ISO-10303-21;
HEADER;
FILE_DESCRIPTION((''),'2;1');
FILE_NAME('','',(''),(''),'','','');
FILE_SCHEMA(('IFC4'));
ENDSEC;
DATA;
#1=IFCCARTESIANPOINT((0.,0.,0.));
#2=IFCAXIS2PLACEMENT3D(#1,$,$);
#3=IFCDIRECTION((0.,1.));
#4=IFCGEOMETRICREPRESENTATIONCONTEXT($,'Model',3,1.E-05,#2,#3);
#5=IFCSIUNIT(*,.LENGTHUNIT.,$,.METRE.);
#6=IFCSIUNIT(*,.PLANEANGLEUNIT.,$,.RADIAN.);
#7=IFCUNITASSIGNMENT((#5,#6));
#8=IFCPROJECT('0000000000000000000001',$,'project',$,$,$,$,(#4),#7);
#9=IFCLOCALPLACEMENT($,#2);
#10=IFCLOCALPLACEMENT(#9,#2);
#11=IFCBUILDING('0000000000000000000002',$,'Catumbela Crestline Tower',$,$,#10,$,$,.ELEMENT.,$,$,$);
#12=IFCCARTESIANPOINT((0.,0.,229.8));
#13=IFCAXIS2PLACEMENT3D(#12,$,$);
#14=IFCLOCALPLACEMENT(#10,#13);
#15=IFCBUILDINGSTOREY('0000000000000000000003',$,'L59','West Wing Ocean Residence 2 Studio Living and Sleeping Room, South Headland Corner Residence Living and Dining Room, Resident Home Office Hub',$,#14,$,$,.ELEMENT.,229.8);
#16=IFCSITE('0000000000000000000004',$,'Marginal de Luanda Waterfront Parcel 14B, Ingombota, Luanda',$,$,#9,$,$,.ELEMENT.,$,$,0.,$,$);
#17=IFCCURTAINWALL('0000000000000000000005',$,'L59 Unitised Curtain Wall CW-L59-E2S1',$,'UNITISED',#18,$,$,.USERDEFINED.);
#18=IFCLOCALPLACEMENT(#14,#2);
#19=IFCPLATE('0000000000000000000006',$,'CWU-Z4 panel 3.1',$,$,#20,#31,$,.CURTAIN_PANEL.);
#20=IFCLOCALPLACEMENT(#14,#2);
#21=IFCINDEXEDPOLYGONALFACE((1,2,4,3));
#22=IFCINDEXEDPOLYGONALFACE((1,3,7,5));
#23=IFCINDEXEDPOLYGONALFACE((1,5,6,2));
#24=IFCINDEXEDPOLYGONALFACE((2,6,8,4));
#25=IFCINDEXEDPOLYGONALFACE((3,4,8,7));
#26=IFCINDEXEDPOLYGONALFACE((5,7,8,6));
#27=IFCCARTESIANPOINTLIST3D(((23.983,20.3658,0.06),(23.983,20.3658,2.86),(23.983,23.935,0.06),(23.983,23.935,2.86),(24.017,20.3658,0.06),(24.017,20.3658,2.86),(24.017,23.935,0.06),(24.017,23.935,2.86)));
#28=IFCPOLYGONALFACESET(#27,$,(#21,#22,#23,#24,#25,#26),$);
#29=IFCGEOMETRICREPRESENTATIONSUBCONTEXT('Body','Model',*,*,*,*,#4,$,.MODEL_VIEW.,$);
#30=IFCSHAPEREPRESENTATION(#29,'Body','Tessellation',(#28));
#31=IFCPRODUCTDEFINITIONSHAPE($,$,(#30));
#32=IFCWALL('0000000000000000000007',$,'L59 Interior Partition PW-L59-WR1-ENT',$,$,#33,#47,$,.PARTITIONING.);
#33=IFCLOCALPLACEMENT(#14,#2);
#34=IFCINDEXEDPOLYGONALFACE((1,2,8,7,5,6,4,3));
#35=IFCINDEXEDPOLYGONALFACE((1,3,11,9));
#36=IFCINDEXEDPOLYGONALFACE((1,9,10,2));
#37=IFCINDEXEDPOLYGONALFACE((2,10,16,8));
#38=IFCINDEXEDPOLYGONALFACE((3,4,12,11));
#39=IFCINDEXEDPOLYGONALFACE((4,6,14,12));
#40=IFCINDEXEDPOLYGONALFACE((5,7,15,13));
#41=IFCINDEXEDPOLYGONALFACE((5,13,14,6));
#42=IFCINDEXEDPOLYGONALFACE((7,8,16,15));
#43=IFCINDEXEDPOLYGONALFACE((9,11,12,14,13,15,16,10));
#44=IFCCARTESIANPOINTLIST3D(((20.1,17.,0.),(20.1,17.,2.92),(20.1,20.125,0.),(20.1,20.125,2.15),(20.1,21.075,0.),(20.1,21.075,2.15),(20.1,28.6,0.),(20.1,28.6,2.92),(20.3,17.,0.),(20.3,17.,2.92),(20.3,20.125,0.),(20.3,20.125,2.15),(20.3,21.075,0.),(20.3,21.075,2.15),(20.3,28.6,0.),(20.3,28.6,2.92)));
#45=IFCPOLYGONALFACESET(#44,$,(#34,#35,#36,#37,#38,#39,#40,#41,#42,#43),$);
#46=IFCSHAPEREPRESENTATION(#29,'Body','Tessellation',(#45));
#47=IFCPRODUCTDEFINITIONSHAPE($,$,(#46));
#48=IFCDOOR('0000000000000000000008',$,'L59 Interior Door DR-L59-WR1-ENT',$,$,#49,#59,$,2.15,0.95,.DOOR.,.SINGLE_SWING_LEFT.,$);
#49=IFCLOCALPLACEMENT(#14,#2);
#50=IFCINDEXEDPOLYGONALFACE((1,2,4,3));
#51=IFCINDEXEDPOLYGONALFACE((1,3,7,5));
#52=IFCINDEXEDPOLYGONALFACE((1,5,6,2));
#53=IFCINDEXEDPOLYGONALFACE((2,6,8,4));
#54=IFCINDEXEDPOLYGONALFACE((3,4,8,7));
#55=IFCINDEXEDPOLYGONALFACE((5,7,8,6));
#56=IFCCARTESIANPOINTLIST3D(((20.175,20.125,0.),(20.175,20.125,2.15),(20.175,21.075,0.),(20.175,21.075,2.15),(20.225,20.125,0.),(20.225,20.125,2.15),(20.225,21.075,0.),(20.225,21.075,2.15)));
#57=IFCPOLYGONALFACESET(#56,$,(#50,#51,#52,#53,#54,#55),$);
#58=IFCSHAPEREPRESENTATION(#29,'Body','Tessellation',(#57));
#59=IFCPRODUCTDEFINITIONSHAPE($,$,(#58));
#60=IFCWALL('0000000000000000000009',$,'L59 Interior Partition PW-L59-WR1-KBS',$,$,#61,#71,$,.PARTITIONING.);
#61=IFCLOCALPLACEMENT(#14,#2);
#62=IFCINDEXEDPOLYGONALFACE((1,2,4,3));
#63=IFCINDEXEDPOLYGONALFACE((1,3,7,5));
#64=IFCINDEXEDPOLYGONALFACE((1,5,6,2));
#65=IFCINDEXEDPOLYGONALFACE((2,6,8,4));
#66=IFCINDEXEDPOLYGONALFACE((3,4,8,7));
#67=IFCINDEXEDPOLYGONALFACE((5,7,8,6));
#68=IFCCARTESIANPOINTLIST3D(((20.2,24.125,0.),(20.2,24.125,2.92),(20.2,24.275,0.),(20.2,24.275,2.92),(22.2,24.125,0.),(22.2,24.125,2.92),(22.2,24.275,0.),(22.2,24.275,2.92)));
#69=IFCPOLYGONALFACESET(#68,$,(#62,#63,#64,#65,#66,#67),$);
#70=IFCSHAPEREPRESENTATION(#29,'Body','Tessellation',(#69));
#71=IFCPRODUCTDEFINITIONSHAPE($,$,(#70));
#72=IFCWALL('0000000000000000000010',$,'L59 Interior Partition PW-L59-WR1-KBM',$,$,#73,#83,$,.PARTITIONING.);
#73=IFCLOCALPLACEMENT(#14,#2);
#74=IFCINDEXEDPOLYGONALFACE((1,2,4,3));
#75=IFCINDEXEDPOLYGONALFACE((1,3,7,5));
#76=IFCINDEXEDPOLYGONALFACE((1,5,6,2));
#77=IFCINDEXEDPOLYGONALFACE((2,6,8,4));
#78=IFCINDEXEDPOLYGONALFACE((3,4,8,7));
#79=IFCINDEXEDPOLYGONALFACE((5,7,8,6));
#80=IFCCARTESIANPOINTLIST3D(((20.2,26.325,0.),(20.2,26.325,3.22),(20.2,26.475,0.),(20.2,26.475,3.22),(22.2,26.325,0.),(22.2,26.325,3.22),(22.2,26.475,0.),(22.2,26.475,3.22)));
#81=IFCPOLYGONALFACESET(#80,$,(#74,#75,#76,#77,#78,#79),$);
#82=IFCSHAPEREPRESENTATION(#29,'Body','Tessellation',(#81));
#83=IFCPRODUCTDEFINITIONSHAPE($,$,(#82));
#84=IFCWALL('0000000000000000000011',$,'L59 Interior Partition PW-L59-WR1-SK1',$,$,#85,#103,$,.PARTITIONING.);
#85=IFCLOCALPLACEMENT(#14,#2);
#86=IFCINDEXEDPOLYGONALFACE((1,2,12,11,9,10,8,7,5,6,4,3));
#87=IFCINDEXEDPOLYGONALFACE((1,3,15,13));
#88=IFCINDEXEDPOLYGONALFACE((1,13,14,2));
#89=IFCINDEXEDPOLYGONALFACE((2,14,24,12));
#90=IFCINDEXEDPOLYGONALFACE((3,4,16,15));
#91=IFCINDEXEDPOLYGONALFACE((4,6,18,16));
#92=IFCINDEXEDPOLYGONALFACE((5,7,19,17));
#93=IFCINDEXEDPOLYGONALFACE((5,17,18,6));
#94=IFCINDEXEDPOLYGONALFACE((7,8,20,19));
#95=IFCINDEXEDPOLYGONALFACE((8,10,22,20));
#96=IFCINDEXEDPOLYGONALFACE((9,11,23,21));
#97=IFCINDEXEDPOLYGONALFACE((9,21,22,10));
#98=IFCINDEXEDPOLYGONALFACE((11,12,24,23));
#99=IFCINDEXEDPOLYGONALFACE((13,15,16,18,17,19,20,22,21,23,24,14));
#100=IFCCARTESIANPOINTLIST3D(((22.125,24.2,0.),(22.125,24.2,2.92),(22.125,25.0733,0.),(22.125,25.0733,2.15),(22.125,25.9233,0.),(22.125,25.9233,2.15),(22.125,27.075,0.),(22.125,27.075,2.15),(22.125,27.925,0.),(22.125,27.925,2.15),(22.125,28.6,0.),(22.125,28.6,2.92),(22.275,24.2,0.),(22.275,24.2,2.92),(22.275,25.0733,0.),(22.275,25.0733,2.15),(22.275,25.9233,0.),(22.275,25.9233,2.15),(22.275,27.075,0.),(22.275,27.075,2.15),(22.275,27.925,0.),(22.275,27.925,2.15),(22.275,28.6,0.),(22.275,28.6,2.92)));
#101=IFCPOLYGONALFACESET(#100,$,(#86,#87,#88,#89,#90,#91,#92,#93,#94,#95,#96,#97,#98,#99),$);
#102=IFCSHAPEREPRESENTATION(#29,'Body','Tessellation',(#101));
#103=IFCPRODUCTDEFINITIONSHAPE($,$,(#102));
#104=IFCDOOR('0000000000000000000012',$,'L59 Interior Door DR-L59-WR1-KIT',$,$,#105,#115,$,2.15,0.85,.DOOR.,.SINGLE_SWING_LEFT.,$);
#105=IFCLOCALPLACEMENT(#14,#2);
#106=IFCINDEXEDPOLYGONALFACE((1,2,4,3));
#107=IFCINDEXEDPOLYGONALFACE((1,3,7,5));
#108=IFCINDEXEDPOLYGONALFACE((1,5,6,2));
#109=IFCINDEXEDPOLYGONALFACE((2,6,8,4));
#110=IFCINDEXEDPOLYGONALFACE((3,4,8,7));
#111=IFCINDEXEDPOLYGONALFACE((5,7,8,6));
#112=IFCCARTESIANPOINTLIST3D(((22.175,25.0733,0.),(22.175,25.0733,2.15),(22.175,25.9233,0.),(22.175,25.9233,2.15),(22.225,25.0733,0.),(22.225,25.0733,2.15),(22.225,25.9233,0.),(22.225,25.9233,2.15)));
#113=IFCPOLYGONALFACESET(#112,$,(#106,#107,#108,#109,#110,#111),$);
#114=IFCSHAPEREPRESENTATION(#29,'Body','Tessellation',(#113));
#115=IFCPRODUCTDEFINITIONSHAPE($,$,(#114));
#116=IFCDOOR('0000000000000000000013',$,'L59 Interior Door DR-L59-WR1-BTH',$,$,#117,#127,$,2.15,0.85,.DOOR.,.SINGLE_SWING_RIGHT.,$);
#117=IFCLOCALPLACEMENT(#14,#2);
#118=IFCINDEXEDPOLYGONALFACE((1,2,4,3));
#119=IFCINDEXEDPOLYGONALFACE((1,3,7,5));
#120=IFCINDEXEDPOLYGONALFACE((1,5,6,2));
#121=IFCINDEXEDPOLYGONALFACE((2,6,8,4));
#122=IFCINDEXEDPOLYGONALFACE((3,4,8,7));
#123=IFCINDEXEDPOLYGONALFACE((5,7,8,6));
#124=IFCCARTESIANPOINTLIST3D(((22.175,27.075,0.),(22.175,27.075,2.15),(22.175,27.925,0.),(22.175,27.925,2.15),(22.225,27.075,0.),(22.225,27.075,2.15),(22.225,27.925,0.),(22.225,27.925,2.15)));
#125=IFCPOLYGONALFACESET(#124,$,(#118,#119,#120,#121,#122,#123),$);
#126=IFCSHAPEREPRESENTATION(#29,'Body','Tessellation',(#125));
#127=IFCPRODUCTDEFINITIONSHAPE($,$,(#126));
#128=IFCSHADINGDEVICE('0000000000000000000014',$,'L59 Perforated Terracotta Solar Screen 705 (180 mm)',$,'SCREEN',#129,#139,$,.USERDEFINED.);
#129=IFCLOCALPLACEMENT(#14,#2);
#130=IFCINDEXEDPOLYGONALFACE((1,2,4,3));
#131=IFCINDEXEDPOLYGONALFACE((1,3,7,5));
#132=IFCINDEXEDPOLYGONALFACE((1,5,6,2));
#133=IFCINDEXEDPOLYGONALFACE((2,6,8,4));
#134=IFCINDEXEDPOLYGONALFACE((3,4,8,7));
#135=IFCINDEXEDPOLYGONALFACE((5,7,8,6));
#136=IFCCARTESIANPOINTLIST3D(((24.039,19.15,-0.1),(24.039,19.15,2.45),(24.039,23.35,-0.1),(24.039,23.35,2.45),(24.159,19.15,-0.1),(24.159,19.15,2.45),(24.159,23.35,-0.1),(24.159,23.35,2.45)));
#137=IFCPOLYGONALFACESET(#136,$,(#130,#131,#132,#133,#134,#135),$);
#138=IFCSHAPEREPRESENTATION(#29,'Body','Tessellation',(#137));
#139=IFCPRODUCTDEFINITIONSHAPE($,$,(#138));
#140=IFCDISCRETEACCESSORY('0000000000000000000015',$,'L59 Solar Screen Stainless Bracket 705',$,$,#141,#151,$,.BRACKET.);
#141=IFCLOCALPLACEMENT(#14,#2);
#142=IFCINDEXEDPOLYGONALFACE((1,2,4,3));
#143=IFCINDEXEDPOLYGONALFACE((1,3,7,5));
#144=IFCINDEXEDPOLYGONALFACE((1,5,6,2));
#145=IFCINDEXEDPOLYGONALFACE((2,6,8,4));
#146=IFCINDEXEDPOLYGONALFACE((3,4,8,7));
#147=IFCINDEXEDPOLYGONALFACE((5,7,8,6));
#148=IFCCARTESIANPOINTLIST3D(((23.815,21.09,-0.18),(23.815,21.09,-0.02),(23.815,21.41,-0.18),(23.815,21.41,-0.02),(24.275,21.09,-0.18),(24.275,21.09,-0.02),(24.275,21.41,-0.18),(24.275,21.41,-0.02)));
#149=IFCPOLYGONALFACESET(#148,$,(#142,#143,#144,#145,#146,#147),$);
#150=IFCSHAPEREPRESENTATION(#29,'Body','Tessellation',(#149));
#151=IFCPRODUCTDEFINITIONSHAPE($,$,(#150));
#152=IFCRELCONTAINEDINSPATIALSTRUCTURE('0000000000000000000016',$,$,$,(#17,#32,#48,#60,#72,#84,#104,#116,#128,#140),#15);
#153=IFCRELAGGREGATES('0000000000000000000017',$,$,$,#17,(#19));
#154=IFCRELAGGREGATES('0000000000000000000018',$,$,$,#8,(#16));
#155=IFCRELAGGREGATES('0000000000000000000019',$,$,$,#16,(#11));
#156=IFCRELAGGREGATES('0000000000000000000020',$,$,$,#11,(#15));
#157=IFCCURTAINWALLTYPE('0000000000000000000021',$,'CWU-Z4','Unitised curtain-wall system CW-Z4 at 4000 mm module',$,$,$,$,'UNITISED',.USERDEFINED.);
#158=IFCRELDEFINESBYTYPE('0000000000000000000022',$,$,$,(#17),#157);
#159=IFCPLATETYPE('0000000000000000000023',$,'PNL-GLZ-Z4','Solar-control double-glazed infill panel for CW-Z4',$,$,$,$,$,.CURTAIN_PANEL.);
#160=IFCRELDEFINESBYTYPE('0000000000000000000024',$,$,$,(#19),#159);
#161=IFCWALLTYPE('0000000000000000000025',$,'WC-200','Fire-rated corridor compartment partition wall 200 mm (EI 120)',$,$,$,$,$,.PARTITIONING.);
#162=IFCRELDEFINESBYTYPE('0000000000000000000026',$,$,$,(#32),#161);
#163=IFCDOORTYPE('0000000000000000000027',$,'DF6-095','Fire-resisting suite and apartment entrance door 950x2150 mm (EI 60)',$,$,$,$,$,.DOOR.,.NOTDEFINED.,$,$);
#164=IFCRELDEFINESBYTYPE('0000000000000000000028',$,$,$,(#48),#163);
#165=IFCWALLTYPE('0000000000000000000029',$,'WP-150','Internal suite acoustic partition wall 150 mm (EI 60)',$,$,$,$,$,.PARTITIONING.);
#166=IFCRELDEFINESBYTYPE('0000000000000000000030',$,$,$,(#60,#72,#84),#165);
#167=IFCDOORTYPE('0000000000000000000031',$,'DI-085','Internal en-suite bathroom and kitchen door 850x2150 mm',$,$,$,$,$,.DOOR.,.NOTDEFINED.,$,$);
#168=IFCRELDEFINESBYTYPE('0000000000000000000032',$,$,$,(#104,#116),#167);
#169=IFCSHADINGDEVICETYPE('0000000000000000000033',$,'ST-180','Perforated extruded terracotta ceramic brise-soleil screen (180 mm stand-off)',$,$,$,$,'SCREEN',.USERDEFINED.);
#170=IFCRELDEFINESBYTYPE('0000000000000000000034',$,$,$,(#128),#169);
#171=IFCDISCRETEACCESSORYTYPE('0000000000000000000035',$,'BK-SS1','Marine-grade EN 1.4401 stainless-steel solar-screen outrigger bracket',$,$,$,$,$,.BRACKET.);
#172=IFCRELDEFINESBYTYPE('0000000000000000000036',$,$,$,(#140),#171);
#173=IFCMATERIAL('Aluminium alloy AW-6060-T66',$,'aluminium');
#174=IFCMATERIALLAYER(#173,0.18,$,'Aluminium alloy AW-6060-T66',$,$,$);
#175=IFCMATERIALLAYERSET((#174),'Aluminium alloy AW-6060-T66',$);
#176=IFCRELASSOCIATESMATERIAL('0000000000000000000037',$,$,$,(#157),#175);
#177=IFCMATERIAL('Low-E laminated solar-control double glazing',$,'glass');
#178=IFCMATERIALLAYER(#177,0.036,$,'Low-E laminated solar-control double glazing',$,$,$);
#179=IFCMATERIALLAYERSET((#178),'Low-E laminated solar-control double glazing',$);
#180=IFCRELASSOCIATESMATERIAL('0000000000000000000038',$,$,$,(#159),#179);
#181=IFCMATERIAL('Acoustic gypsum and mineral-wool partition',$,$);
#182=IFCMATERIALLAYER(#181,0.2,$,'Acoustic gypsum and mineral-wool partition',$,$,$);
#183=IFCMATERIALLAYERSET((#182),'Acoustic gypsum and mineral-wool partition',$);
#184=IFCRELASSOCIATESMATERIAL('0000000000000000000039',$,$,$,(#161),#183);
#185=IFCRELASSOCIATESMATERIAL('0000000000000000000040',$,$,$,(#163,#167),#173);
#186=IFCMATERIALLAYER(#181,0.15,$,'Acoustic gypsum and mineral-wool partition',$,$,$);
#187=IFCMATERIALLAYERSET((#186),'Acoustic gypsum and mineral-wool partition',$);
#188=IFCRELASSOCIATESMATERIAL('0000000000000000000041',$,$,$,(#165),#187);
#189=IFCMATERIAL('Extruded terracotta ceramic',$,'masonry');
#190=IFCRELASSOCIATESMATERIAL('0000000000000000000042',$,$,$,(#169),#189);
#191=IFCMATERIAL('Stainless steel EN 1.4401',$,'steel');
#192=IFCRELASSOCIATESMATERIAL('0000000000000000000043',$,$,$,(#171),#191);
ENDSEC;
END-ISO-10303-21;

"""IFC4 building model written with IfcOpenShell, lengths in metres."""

from ifc_helpers import new_model, si_unit, direction, frame, frame_2d, origin, origin_2d, place, context, subcontext, project, spatial, rectangle, extrude, material, layer, layer_set, type_object, element, fill, aggregate, save


model = new_model("IFC4")

# Units and contexts
model_context = context("Model", 3, precision=1e-05, world=origin(), true_north=direction((0.0, 1.0)))
body_context = subcontext(model_context, "Body", "Model", "MODEL_VIEW")
ifc_project = project(units=[si_unit("LENGTHUNIT", "METRE"), si_unit("PLANEANGLEUNIT", "RADIAN")], contexts=[model_context])

# Site, building, storey
site_placement = place(None, origin())
site = spatial("IfcSite", under=ifc_project, at=site_placement, Name="Marginal de Luanda Waterfront Parcel 14B, Ingombota, Luanda", CompositionType="ELEMENT", RefElevation=0.0)
building_placement = place(site_placement, origin())
building = spatial("IfcBuilding", under=site, at=building_placement, Name="Catumbela Crestline Tower", CompositionType="ELEMENT")
storey_placement = place(building_placement, frame((0.0, 0.0, 229.8)))
storey = spatial("IfcBuildingStorey", under=building, at=storey_placement, Name="L59", Description="West Wing Ocean Residence 2 Studio Living and Sleeping Room, South Headland Corner Residence Living and Dining Room, Resident Home Office Hub", CompositionType="ELEMENT", Elevation=229.8)

# Curtain wall
ifc_material_1 = material(Name="Aluminium alloy AW-6060-T66", Category="aluminium")
ifc_layer_1 = layer(ifc_material_1, 0.18, Name="Aluminium alloy AW-6060-T66")
ifc_layer_set_1 = layer_set([ifc_layer_1], Name="Aluminium alloy AW-6060-T66")
curtain_wall_type = type_object("IfcCurtainWallType", Name="CWU-Z4", Description="Unitised curtain-wall system CW-Z4 at 4000 mm module", ElementType="UNITISED", PredefinedType="USERDEFINED", material=ifc_layer_set_1)
curtain_wall_placement = place(storey_placement, origin())
curtain_wall = element("IfcCurtainWall", 1, at=curtain_wall_placement, inside=storey, type_object=curtain_wall_type, Name="L59 Unitised Curtain Wall CW-L59-E2S1", ObjectType="UNITISED", PredefinedType="USERDEFINED")

# Plate
ifc_material_2 = material(Name="Low-E laminated solar-control double glazing", Category="glass")
ifc_layer_2 = layer(ifc_material_2, 0.036, Name="Low-E laminated solar-control double glazing")
ifc_layer_set_2 = layer_set([ifc_layer_2], Name="Low-E laminated solar-control double glazing")
plate_type = type_object("IfcPlateType", Name="PNL-GLZ-Z4", Description="Solar-control double-glazed infill panel for CW-Z4", PredefinedType="CURTAIN_PANEL", material=ifc_layer_set_2)
plate_1_placement = place(storey_placement, frame((24.0, 22.1504, 0.06), z_axis=(0.0, 0.0, 1.0), x_axis=(0.0, 1.0, 0.0)))
plate_1 = element("IfcPlate", 2, at=plate_1_placement, type_object=plate_type, Name="CWU-Z4 panel 3.1", PredefinedType="CURTAIN_PANEL", context=body_context, shape_type="SweptSolid", body=[
    extrude(rectangle(XDim=3.5692, YDim=0.034, at=origin_2d()), origin(), (0.0, 0.0, 1.0), 2.8),
])
aggregate(curtain_wall, [plate_1])

# Wall, opening, door
ifc_material_3 = material(Name="Acoustic gypsum and mineral-wool partition")
ifc_layer_3 = layer(ifc_material_3, 0.2, Name="Acoustic gypsum and mineral-wool partition")
ifc_layer_set_3 = layer_set([ifc_layer_3], Name="Acoustic gypsum and mineral-wool partition")
wall_type_1 = type_object("IfcWallType", Name="WC-200", Description="Fire-rated corridor compartment partition wall 200 mm (EI 120)", PredefinedType="PARTITIONING", material=ifc_layer_set_3)
wall_1_placement = place(storey_placement, frame((20.2, 17.0, 0.0), z_axis=(0.0, 0.0, 1.0), x_axis=(0.0, 1.0, 0.0)))
wall_1 = element("IfcWall", 3, at=wall_1_placement, inside=storey, type_object=wall_type_1, Name="L59 Interior Partition PW-L59-WR1-ENT", PredefinedType="PARTITIONING", context=body_context, shape_type="SweptSolid", body=[
    extrude(rectangle(XDim=11.6, YDim=0.2, at=frame_2d((5.8, 0.0))), origin(), (0.0, 0.0, 1.0), 2.92),
])
opening_1_placement = place(wall_1_placement, frame((3.125, 0.0, 0.0)))
opening_1 = element("IfcOpeningElement", 4, at=opening_1_placement, cuts=wall_1, PredefinedType="OPENING", context=body_context, shape_type="SweptSolid", body=[
    extrude(rectangle(XDim=0.95, YDim=2.15, at=frame_2d((0.475, 1.075))), frame((0.0, 0.11, 0.0), z_axis=(0.0, -1.0, 0.0), x_axis=(1.0, 0.0, 0.0)), (0.0, 0.0, 1.0), 0.22),
])
door_type_1 = type_object("IfcDoorType", Name="DF6-095", Description="Fire-resisting suite and apartment entrance door 950x2150 mm (EI 60)", OperationType="NOTDEFINED", PredefinedType="DOOR", material=ifc_material_1)
door_1_placement = place(opening_1_placement, origin())
door_1 = element("IfcDoor", 5, at=door_1_placement, inside=storey, type_object=door_type_1, Name="L59 Interior Door DR-L59-WR1-ENT", OperationType="SINGLE_SWING_LEFT", OverallHeight=2.15, OverallWidth=0.95, PredefinedType="DOOR", context=body_context, shape_type="SweptSolid", body=[
    extrude(rectangle(XDim=0.95, YDim=2.15, at=frame_2d((0.475, 1.075))), frame((0.0, 0.025, 0.0), z_axis=(0.0, -1.0, 0.0), x_axis=(1.0, 0.0, 0.0)), (0.0, 0.0, 1.0), 0.05),
])
fill(opening_1, door_1)

# Walls
ifc_layer_4 = layer(ifc_material_3, 0.15, Name="Acoustic gypsum and mineral-wool partition")
ifc_layer_set_4 = layer_set([ifc_layer_4], Name="Acoustic gypsum and mineral-wool partition")
wall_type_2 = type_object("IfcWallType", Name="WP-150", Description="Internal suite acoustic partition wall 150 mm (EI 60)", PredefinedType="PARTITIONING", material=ifc_layer_set_4)
wall_2_placement = place(storey_placement, frame((20.2, 24.2, 0.0), z_axis=(0.0, 0.0, 1.0), x_axis=(1.0, 0.0, 0.0)))
element("IfcWall", 6, at=wall_2_placement, inside=storey, type_object=wall_type_2, Name="L59 Interior Partition PW-L59-WR1-KBS", PredefinedType="PARTITIONING", context=body_context, shape_type="SweptSolid", body=[
    extrude(rectangle(XDim=2.0, YDim=0.15, at=frame_2d((1.0, 0.0))), origin(), (0.0, 0.0, 1.0), 2.92),
])
wall_3_placement = place(storey_placement, frame((20.2, 26.4, 0.0), z_axis=(0.0, 0.0, 1.0), x_axis=(1.0, 0.0, 0.0)))
element("IfcWall", 7, at=wall_3_placement, inside=storey, type_object=wall_type_2, Name="L59 Interior Partition PW-L59-WR1-KBM", PredefinedType="PARTITIONING", context=body_context, shape_type="SweptSolid", body=[
    extrude(rectangle(XDim=2.0, YDim=0.15, at=frame_2d((1.0, 0.0))), origin(), (0.0, 0.0, 1.0), 3.22),
])

# Wall, openings, doors
wall_4_placement = place(storey_placement, frame((22.2, 24.2, 0.0), z_axis=(0.0, 0.0, 1.0), x_axis=(0.0, 1.0, 0.0)))
wall_4 = element("IfcWall", 8, at=wall_4_placement, inside=storey, type_object=wall_type_2, Name="L59 Interior Partition PW-L59-WR1-SK1", PredefinedType="PARTITIONING", context=body_context, shape_type="SweptSolid", body=[
    extrude(rectangle(XDim=4.4, YDim=0.15, at=frame_2d((2.2, 0.0))), origin(), (0.0, 0.0, 1.0), 2.92),
])
opening_2_placement = place(wall_4_placement, frame((0.8733, 0.0, 0.0)))
opening_2 = element("IfcOpeningElement", 9, at=opening_2_placement, cuts=wall_4, PredefinedType="OPENING", context=body_context, shape_type="SweptSolid", body=[
    extrude(rectangle(XDim=0.85, YDim=2.15, at=frame_2d((0.425, 1.075))), frame((0.0, 0.085, 0.0), z_axis=(0.0, -1.0, 0.0), x_axis=(1.0, 0.0, 0.0)), (0.0, 0.0, 1.0), 0.17),
])
opening_3_placement = place(wall_4_placement, frame((2.875, 0.0, 0.0)))
opening_3 = element("IfcOpeningElement", 10, at=opening_3_placement, cuts=wall_4, PredefinedType="OPENING", context=body_context, shape_type="SweptSolid", body=[
    extrude(rectangle(XDim=0.85, YDim=2.15, at=frame_2d((0.425, 1.075))), frame((0.0, 0.085, 0.0), z_axis=(0.0, -1.0, 0.0), x_axis=(1.0, 0.0, 0.0)), (0.0, 0.0, 1.0), 0.17),
])
door_type_2 = type_object("IfcDoorType", Name="DI-085", Description="Internal en-suite bathroom and kitchen door 850x2150 mm", OperationType="NOTDEFINED", PredefinedType="DOOR", material=ifc_material_1)
door_2_placement = place(opening_2_placement, origin())
door_2 = element("IfcDoor", 11, at=door_2_placement, inside=storey, type_object=door_type_2, Name="L59 Interior Door DR-L59-WR1-KIT", OperationType="SINGLE_SWING_LEFT", OverallHeight=2.15, OverallWidth=0.85, PredefinedType="DOOR", context=body_context, shape_type="SweptSolid", body=[
    extrude(rectangle(XDim=0.85, YDim=2.15, at=frame_2d((0.425, 1.075))), frame((0.0, 0.025, 0.0), z_axis=(0.0, -1.0, 0.0), x_axis=(1.0, 0.0, 0.0)), (0.0, 0.0, 1.0), 0.05),
])
fill(opening_2, door_2)
door_3_placement = place(opening_3_placement, origin())
door_3 = element("IfcDoor", 12, at=door_3_placement, inside=storey, type_object=door_type_2, Name="L59 Interior Door DR-L59-WR1-BTH", OperationType="SINGLE_SWING_RIGHT", OverallHeight=2.15, OverallWidth=0.85, PredefinedType="DOOR", context=body_context, shape_type="SweptSolid", body=[
    extrude(rectangle(XDim=0.85, YDim=2.15, at=frame_2d((0.425, 1.075))), frame((0.0, 0.025, 0.0), z_axis=(0.0, -1.0, 0.0), x_axis=(1.0, 0.0, 0.0)), (0.0, 0.0, 1.0), 0.05),
])
fill(opening_3, door_3)

# Shading device
ifc_material_4 = material(Name="Extruded terracotta ceramic", Category="masonry")
shading_device_type = type_object("IfcShadingDeviceType", Name="ST-180", Description="Perforated extruded terracotta ceramic brise-soleil screen (180 mm stand-off)", ElementType="SCREEN", PredefinedType="USERDEFINED", material=ifc_material_4)
shading_device_placement = place(storey_placement, frame((24.099, 21.25, -0.1), z_axis=(0.0, 0.0, 1.0), x_axis=(0.0, 1.0, 0.0)))
element("IfcShadingDevice", 13, at=shading_device_placement, inside=storey, type_object=shading_device_type, Name="L59 Perforated Terracotta Solar Screen 705 (180 mm)", ObjectType="SCREEN", PredefinedType="USERDEFINED", context=body_context, shape_type="SweptSolid", body=[
    extrude(rectangle(XDim=4.2, YDim=0.12, at=origin_2d()), origin(), (0.0, 0.0, 1.0), 2.55),
])

# Discrete accessory
ifc_material_5 = material(Name="Stainless steel EN 1.4401", Category="steel")
discrete_accessory_type = type_object("IfcDiscreteAccessoryType", Name="BK-SS1", Description="Marine-grade EN 1.4401 stainless-steel solar-screen outrigger bracket", PredefinedType="BRACKET", material=ifc_material_5)
discrete_accessory_placement = place(storey_placement, frame((24.045, 21.25, -0.18), z_axis=(0.0, 0.0, 1.0), x_axis=(0.0, 1.0, 0.0)))
element("IfcDiscreteAccessory", 14, at=discrete_accessory_placement, inside=storey, type_object=discrete_accessory_type, Name="L59 Solar Screen Stainless Bracket 705", PredefinedType="BRACKET", context=body_context, shape_type="SweptSolid", body=[
    extrude(rectangle(XDim=0.32, YDim=0.46, at=origin_2d()), origin(), (0.0, 0.0, 1.0), 0.16),
])

save(model, "model.ifc")
